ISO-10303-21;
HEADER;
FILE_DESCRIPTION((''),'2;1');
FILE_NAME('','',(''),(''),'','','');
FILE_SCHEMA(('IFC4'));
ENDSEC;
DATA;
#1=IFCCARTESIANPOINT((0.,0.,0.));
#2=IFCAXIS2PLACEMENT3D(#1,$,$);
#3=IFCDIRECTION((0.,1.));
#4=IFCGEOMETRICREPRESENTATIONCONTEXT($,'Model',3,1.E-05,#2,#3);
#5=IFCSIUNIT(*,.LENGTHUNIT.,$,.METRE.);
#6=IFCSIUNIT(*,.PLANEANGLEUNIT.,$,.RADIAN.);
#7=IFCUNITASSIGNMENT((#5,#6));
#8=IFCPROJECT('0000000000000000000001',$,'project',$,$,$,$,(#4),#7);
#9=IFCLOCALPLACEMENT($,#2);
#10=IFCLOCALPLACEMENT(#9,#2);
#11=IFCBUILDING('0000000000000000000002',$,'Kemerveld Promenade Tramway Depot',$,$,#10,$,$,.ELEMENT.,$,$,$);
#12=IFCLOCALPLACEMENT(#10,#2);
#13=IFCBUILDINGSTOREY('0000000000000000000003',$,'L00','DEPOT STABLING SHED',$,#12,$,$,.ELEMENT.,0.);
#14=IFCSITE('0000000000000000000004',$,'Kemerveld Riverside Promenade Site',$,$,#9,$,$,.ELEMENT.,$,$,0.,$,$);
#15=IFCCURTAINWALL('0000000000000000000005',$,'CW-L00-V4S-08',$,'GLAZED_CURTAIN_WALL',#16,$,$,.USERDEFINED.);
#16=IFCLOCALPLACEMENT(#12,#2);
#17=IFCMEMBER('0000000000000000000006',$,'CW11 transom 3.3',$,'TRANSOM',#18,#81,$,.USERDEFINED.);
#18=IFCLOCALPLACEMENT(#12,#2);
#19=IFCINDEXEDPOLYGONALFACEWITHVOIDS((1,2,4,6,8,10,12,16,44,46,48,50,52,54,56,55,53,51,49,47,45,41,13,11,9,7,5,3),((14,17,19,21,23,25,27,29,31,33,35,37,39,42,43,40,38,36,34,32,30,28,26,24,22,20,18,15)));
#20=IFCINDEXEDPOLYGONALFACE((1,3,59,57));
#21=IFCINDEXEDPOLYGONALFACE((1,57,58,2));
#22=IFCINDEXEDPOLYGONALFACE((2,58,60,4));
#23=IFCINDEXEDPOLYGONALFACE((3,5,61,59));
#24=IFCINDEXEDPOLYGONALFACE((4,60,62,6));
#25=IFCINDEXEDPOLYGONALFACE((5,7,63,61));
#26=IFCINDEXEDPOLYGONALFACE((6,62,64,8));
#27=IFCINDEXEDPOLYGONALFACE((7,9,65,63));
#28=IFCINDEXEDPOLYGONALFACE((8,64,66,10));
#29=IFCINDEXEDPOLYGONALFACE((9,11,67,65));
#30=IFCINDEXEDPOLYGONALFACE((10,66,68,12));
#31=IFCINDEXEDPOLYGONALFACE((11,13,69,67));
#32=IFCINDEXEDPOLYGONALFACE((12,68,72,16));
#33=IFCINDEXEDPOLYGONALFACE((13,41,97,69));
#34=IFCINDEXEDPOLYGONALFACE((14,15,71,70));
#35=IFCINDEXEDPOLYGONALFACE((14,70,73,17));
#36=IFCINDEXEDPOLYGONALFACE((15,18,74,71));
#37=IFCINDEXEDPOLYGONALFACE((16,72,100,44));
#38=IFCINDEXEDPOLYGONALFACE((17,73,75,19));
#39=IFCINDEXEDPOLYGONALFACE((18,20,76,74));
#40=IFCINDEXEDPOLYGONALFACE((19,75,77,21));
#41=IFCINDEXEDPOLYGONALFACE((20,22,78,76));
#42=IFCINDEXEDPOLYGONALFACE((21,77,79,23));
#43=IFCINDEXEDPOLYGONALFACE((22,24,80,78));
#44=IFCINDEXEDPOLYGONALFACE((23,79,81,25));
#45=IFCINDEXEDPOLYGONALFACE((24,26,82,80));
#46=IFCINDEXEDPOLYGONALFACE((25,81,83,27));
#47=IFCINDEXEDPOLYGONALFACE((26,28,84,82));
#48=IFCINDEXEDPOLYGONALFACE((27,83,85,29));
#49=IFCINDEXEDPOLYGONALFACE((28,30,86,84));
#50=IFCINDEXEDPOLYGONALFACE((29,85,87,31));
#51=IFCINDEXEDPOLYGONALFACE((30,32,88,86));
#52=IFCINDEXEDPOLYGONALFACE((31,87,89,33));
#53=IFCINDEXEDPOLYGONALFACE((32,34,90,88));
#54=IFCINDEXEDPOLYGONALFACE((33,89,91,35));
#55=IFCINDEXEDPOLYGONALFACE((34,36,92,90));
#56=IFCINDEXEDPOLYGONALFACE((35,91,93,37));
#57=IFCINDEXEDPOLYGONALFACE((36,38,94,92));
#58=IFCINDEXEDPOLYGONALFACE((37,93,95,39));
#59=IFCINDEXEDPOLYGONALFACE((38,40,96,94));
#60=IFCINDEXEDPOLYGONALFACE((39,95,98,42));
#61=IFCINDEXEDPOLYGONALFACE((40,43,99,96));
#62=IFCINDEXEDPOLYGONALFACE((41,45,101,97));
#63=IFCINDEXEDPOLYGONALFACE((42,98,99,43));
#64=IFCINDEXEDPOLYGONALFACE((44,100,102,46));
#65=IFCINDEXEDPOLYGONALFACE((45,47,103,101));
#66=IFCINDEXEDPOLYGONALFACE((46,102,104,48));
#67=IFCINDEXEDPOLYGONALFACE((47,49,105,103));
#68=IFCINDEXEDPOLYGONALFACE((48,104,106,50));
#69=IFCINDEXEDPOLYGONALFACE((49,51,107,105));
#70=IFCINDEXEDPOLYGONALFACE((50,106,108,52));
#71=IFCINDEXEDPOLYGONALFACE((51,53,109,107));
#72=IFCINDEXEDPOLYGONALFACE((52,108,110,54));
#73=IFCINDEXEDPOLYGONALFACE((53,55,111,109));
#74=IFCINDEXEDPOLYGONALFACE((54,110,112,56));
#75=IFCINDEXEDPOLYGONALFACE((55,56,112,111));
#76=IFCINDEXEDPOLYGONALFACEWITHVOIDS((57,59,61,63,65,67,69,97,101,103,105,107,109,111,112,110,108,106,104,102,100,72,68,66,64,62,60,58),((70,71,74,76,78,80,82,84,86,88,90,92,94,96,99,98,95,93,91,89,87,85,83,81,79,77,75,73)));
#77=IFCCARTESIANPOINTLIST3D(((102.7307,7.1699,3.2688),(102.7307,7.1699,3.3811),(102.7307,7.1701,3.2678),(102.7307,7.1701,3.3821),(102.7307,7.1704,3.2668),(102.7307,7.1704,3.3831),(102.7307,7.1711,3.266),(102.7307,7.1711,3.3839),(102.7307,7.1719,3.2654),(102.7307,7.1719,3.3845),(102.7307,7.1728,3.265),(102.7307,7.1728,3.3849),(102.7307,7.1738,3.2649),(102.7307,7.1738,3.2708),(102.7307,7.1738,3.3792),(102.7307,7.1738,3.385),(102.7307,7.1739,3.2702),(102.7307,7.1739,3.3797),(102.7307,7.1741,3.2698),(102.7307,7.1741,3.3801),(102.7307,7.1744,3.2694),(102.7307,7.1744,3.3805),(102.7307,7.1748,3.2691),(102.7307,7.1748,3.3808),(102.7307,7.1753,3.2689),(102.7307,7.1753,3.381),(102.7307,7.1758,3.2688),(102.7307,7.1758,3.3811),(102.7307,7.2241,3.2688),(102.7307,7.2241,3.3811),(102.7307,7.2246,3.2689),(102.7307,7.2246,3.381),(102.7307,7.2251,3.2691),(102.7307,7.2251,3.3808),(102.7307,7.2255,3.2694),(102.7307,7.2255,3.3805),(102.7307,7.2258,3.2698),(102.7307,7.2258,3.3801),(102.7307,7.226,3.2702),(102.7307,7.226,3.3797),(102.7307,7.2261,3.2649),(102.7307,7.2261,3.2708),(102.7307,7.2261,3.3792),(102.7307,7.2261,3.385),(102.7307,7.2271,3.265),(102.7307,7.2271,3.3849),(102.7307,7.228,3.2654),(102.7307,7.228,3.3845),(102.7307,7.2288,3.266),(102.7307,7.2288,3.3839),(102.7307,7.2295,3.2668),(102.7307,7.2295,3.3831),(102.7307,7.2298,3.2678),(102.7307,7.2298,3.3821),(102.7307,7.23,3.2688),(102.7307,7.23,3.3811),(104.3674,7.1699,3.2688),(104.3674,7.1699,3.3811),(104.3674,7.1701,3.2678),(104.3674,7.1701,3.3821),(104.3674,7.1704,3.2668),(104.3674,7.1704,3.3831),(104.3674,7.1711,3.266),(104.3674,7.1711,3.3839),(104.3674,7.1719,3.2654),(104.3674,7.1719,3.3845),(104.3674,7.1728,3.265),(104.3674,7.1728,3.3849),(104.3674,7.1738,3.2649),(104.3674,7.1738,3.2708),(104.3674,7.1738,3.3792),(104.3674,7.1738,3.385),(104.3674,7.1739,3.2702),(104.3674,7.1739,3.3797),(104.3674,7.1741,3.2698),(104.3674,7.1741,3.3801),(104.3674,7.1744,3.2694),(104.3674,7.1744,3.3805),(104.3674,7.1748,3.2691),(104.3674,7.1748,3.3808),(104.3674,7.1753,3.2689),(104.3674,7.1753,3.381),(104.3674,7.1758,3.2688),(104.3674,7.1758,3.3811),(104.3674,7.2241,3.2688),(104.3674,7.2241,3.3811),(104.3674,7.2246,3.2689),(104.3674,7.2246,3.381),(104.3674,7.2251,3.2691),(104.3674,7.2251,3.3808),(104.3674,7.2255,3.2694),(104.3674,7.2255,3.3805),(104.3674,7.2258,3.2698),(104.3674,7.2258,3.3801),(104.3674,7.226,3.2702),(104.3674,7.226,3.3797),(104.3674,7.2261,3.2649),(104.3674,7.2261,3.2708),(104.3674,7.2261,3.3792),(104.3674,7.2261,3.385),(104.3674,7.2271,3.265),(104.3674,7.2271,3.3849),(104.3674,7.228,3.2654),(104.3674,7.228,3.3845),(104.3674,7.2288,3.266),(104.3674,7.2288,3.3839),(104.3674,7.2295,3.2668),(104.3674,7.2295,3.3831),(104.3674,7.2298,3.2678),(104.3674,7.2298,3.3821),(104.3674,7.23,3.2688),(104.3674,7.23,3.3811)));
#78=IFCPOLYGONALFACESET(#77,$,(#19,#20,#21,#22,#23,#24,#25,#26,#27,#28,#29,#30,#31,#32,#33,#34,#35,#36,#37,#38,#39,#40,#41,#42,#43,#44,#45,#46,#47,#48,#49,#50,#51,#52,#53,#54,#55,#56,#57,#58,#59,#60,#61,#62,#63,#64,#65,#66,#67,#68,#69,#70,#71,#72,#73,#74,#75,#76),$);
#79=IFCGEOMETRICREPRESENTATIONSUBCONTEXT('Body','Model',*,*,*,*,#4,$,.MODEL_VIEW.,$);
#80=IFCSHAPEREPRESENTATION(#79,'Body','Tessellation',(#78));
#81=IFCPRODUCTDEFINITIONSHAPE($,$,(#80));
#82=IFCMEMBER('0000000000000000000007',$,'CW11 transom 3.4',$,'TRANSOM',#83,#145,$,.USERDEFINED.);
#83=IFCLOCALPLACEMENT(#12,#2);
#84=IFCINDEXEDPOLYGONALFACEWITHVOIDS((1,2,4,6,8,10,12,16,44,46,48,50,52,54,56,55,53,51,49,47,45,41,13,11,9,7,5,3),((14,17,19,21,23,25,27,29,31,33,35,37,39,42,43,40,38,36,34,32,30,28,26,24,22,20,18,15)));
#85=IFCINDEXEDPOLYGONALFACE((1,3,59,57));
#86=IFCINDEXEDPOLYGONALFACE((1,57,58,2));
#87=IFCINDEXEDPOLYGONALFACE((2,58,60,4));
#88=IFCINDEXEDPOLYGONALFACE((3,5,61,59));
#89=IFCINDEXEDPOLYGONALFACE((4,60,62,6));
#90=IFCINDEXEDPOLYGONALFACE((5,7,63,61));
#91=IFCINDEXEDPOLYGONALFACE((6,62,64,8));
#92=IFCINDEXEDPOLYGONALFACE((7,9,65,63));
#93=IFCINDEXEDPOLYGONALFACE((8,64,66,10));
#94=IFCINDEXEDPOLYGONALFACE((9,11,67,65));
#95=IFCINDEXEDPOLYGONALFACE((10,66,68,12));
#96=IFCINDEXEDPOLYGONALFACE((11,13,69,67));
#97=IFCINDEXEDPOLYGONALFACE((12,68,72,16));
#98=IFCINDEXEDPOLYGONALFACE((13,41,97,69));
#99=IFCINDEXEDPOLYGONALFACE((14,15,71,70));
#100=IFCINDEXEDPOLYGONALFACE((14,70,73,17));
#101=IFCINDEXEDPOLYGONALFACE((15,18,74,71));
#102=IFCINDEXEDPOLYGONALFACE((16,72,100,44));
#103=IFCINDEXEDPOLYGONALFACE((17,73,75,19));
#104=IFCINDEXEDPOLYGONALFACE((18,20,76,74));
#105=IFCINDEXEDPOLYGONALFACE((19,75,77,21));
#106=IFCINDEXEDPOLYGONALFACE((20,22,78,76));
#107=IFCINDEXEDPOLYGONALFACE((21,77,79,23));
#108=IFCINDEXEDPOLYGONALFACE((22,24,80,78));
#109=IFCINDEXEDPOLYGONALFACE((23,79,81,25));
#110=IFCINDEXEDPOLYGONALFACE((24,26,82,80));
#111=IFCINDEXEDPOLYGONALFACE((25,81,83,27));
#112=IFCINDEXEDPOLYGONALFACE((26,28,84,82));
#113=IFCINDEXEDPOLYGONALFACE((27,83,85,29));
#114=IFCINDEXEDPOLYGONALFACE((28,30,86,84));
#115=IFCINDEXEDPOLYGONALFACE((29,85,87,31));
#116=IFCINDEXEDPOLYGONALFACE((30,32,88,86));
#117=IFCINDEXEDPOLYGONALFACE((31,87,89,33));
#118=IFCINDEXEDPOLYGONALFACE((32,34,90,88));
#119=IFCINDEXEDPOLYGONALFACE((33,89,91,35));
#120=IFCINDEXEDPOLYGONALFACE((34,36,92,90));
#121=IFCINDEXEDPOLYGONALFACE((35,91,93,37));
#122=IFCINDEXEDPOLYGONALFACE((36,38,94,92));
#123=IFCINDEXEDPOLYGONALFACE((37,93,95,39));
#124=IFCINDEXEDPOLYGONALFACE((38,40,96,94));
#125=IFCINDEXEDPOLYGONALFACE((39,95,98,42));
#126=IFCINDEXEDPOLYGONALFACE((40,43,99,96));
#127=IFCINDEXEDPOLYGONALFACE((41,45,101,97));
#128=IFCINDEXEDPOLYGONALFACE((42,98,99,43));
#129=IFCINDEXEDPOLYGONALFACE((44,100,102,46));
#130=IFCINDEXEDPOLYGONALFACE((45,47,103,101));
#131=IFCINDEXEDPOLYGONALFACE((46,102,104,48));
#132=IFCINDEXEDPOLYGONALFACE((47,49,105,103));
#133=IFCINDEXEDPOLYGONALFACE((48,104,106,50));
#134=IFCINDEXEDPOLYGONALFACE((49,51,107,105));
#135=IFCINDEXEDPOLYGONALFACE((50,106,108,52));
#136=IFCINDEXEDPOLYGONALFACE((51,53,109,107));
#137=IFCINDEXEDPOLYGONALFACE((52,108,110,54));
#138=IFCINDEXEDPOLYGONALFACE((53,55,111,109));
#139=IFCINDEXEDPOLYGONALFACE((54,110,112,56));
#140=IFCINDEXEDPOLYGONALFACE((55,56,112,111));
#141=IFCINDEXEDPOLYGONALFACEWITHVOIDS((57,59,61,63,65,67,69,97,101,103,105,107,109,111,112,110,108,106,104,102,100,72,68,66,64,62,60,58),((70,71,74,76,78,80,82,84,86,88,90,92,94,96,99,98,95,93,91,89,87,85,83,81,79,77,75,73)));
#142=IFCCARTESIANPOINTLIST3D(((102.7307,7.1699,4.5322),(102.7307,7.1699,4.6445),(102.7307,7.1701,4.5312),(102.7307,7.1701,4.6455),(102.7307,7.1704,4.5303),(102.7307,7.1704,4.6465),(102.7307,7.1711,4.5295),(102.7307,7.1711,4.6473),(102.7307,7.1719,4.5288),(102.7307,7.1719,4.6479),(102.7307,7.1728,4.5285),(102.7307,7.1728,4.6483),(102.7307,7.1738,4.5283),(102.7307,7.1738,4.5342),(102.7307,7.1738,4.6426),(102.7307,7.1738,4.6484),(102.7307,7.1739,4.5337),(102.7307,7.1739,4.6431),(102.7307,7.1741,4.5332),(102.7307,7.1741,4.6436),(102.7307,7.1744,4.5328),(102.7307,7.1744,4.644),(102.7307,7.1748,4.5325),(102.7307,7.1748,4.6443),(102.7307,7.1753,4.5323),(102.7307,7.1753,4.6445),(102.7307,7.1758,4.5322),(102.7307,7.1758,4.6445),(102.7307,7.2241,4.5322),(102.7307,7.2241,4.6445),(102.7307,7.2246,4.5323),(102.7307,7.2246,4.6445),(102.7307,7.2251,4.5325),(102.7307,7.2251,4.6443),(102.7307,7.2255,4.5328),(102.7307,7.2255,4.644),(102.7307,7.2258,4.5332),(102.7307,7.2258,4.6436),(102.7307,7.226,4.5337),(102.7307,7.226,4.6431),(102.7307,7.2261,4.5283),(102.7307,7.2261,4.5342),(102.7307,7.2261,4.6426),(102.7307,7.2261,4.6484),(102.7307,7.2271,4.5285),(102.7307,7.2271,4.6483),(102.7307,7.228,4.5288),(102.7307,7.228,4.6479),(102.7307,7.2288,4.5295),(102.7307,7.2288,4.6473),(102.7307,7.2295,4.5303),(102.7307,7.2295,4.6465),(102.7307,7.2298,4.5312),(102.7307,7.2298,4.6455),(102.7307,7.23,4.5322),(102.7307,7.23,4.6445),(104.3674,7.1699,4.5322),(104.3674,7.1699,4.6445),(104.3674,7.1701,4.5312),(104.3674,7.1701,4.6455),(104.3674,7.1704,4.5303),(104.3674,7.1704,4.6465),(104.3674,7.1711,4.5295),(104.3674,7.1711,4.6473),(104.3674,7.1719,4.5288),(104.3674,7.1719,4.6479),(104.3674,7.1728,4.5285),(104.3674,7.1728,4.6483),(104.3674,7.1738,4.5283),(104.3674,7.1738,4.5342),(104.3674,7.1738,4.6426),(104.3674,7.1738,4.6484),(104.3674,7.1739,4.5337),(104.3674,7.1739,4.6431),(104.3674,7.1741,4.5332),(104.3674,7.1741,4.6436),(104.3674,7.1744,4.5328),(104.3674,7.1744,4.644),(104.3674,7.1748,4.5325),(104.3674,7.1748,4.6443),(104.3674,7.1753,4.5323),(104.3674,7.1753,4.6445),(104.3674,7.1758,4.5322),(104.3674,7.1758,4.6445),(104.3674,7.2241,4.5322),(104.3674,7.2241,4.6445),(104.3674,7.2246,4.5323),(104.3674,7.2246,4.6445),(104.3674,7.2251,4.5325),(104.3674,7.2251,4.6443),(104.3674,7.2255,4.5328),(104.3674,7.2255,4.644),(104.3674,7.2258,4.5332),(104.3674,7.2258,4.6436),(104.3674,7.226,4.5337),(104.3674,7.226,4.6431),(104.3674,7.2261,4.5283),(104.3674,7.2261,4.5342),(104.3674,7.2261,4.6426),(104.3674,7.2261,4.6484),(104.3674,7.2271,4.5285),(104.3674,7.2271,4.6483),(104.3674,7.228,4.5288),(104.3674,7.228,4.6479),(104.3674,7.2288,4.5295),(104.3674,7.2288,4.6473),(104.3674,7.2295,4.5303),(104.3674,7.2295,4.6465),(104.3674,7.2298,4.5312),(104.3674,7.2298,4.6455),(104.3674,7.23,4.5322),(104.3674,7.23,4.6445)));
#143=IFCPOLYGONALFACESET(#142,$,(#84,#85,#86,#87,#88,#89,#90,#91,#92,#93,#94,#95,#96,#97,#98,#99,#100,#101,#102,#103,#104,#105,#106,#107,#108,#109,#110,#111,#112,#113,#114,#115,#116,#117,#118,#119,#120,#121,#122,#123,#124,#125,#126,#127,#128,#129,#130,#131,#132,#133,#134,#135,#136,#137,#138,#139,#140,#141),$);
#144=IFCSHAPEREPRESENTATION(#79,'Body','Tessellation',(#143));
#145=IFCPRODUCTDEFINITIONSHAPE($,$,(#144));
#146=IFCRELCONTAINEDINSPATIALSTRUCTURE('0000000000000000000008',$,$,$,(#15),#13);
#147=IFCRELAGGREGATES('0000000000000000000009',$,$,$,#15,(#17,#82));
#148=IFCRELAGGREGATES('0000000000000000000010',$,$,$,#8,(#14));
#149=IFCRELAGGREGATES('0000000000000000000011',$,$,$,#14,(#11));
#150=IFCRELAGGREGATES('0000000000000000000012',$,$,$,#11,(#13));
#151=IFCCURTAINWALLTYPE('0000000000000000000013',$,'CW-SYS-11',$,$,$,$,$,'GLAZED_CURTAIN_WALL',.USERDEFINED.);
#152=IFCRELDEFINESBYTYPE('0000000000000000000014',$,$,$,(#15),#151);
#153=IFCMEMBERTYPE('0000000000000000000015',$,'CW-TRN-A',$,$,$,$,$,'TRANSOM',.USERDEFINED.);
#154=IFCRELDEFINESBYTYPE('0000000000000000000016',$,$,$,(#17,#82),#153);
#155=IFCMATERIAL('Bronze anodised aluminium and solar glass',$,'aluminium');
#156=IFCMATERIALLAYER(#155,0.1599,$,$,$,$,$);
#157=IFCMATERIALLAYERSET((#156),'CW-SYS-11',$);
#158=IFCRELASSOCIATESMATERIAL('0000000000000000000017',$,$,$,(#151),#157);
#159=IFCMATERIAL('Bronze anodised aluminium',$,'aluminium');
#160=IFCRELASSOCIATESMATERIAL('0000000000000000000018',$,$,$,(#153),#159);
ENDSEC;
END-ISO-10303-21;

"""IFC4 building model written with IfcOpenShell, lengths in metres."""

from ifc_helpers import new_model, si_unit, direction, frame, origin, origin_2d, place, context, subcontext, project, spatial, hollow_rectangle, extrude, material, layer, layer_set, material_profile, profile_set, type_object, element, aggregate, save


model = new_model("IFC4")

# Units and contexts
model_context = context("Model", 3, precision=1e-05, world=origin(), true_north=direction((0.0, 1.0)))
body_context = subcontext(model_context, "Body", "Model", "MODEL_VIEW")
ifc_project = project(units=[si_unit("LENGTHUNIT", "METRE"), si_unit("PLANEANGLEUNIT", "RADIAN")], contexts=[model_context])

# Site, building, storey
site_placement = place(None, origin())
site = spatial("IfcSite", under=ifc_project, at=site_placement, Name="Kemerveld Riverside Promenade Site", CompositionType="ELEMENT", RefElevation=0.0)
building_placement = place(site_placement, origin())
building = spatial("IfcBuilding", under=site, at=building_placement, Name="Kemerveld Promenade Tramway Depot", CompositionType="ELEMENT")
storey_placement = place(building_placement, origin())
storey = spatial("IfcBuildingStorey", under=building, at=storey_placement, Name="L00", Description="DEPOT STABLING SHED", CompositionType="ELEMENT", Elevation=0.0)

# Curtain wall, members
ifc_material_1 = material(Name="Bronze anodised aluminium and solar glass", Category="aluminium")
ifc_layer_1 = layer(ifc_material_1, 0.1599)
ifc_layer_set_1 = layer_set([ifc_layer_1], Name="CW-SYS-11")
curtain_wall_type = type_object("IfcCurtainWallType", Name="CW-SYS-11", ElementType="GLAZED_CURTAIN_WALL", PredefinedType="USERDEFINED", material=ifc_layer_set_1)
curtain_wall_placement = place(storey_placement, origin())
curtain_wall = element("IfcCurtainWall", 1, at=curtain_wall_placement, inside=storey, type_object=curtain_wall_type, Name="CW-L00-V4S-08", ObjectType="GLAZED_CURTAIN_WALL", PredefinedType="USERDEFINED")
ifc_material_2 = material(Name="Bronze anodised aluminium", Category="aluminium")
ifc_material_profile_1 = material_profile(ifc_material_2, hollow_rectangle(XDim=0.0601, YDim=0.1201, WallThickness=0.0039, InnerFilletRadius=0.002, OuterFilletRadius=0.0039, at=origin_2d()), Name="CW-TRN-120x60")
ifc_profile_set_1 = profile_set([ifc_material_profile_1], Name="Bronze anodised aluminium")
member_type_1 = type_object("IfcMemberType", Name="CW-TRN-A", ElementType="TRANSOM", PredefinedType="USERDEFINED", material=ifc_profile_set_1)
member_1_placement = place(storey_placement, frame((104.3674, 7.2, 3.325), z_axis=(-1.0, 0.0, 0.0), x_axis=(0.0, -1.0, 0.0)))
member_1 = element("IfcMember", 2, at=member_1_placement, type_object=member_type_1, Name="CW11 transom 3.3", ObjectType="TRANSOM", PredefinedType="USERDEFINED", context=body_context, shape_type="SweptSolid", body=[
    extrude(hollow_rectangle(XDim=0.0601, YDim=0.1201, WallThickness=0.0039, InnerFilletRadius=0.002, OuterFilletRadius=0.0039, at=origin_2d()), origin(), (0.0, 0.0, 1.0), 1.6367),
])
member_2_placement = place(storey_placement, frame((104.3674, 7.2, 4.5884), z_axis=(-1.0, 0.0, 0.0), x_axis=(0.0, -1.0, 0.0)))
member_2 = element("IfcMember", 3, at=member_2_placement, type_object=member_type_1, Name="CW11 transom 3.4", ObjectType="TRANSOM", PredefinedType="USERDEFINED", context=body_context, shape_type="SweptSolid", body=[
    extrude(hollow_rectangle(XDim=0.0601, YDim=0.1201, WallThickness=0.0039, InnerFilletRadius=0.002, OuterFilletRadius=0.0039, at=origin_2d()), origin(), (0.0, 0.0, 1.0), 1.6367),
])
aggregate(curtain_wall, [member_1, member_2])

save(model, "model.ifc")
